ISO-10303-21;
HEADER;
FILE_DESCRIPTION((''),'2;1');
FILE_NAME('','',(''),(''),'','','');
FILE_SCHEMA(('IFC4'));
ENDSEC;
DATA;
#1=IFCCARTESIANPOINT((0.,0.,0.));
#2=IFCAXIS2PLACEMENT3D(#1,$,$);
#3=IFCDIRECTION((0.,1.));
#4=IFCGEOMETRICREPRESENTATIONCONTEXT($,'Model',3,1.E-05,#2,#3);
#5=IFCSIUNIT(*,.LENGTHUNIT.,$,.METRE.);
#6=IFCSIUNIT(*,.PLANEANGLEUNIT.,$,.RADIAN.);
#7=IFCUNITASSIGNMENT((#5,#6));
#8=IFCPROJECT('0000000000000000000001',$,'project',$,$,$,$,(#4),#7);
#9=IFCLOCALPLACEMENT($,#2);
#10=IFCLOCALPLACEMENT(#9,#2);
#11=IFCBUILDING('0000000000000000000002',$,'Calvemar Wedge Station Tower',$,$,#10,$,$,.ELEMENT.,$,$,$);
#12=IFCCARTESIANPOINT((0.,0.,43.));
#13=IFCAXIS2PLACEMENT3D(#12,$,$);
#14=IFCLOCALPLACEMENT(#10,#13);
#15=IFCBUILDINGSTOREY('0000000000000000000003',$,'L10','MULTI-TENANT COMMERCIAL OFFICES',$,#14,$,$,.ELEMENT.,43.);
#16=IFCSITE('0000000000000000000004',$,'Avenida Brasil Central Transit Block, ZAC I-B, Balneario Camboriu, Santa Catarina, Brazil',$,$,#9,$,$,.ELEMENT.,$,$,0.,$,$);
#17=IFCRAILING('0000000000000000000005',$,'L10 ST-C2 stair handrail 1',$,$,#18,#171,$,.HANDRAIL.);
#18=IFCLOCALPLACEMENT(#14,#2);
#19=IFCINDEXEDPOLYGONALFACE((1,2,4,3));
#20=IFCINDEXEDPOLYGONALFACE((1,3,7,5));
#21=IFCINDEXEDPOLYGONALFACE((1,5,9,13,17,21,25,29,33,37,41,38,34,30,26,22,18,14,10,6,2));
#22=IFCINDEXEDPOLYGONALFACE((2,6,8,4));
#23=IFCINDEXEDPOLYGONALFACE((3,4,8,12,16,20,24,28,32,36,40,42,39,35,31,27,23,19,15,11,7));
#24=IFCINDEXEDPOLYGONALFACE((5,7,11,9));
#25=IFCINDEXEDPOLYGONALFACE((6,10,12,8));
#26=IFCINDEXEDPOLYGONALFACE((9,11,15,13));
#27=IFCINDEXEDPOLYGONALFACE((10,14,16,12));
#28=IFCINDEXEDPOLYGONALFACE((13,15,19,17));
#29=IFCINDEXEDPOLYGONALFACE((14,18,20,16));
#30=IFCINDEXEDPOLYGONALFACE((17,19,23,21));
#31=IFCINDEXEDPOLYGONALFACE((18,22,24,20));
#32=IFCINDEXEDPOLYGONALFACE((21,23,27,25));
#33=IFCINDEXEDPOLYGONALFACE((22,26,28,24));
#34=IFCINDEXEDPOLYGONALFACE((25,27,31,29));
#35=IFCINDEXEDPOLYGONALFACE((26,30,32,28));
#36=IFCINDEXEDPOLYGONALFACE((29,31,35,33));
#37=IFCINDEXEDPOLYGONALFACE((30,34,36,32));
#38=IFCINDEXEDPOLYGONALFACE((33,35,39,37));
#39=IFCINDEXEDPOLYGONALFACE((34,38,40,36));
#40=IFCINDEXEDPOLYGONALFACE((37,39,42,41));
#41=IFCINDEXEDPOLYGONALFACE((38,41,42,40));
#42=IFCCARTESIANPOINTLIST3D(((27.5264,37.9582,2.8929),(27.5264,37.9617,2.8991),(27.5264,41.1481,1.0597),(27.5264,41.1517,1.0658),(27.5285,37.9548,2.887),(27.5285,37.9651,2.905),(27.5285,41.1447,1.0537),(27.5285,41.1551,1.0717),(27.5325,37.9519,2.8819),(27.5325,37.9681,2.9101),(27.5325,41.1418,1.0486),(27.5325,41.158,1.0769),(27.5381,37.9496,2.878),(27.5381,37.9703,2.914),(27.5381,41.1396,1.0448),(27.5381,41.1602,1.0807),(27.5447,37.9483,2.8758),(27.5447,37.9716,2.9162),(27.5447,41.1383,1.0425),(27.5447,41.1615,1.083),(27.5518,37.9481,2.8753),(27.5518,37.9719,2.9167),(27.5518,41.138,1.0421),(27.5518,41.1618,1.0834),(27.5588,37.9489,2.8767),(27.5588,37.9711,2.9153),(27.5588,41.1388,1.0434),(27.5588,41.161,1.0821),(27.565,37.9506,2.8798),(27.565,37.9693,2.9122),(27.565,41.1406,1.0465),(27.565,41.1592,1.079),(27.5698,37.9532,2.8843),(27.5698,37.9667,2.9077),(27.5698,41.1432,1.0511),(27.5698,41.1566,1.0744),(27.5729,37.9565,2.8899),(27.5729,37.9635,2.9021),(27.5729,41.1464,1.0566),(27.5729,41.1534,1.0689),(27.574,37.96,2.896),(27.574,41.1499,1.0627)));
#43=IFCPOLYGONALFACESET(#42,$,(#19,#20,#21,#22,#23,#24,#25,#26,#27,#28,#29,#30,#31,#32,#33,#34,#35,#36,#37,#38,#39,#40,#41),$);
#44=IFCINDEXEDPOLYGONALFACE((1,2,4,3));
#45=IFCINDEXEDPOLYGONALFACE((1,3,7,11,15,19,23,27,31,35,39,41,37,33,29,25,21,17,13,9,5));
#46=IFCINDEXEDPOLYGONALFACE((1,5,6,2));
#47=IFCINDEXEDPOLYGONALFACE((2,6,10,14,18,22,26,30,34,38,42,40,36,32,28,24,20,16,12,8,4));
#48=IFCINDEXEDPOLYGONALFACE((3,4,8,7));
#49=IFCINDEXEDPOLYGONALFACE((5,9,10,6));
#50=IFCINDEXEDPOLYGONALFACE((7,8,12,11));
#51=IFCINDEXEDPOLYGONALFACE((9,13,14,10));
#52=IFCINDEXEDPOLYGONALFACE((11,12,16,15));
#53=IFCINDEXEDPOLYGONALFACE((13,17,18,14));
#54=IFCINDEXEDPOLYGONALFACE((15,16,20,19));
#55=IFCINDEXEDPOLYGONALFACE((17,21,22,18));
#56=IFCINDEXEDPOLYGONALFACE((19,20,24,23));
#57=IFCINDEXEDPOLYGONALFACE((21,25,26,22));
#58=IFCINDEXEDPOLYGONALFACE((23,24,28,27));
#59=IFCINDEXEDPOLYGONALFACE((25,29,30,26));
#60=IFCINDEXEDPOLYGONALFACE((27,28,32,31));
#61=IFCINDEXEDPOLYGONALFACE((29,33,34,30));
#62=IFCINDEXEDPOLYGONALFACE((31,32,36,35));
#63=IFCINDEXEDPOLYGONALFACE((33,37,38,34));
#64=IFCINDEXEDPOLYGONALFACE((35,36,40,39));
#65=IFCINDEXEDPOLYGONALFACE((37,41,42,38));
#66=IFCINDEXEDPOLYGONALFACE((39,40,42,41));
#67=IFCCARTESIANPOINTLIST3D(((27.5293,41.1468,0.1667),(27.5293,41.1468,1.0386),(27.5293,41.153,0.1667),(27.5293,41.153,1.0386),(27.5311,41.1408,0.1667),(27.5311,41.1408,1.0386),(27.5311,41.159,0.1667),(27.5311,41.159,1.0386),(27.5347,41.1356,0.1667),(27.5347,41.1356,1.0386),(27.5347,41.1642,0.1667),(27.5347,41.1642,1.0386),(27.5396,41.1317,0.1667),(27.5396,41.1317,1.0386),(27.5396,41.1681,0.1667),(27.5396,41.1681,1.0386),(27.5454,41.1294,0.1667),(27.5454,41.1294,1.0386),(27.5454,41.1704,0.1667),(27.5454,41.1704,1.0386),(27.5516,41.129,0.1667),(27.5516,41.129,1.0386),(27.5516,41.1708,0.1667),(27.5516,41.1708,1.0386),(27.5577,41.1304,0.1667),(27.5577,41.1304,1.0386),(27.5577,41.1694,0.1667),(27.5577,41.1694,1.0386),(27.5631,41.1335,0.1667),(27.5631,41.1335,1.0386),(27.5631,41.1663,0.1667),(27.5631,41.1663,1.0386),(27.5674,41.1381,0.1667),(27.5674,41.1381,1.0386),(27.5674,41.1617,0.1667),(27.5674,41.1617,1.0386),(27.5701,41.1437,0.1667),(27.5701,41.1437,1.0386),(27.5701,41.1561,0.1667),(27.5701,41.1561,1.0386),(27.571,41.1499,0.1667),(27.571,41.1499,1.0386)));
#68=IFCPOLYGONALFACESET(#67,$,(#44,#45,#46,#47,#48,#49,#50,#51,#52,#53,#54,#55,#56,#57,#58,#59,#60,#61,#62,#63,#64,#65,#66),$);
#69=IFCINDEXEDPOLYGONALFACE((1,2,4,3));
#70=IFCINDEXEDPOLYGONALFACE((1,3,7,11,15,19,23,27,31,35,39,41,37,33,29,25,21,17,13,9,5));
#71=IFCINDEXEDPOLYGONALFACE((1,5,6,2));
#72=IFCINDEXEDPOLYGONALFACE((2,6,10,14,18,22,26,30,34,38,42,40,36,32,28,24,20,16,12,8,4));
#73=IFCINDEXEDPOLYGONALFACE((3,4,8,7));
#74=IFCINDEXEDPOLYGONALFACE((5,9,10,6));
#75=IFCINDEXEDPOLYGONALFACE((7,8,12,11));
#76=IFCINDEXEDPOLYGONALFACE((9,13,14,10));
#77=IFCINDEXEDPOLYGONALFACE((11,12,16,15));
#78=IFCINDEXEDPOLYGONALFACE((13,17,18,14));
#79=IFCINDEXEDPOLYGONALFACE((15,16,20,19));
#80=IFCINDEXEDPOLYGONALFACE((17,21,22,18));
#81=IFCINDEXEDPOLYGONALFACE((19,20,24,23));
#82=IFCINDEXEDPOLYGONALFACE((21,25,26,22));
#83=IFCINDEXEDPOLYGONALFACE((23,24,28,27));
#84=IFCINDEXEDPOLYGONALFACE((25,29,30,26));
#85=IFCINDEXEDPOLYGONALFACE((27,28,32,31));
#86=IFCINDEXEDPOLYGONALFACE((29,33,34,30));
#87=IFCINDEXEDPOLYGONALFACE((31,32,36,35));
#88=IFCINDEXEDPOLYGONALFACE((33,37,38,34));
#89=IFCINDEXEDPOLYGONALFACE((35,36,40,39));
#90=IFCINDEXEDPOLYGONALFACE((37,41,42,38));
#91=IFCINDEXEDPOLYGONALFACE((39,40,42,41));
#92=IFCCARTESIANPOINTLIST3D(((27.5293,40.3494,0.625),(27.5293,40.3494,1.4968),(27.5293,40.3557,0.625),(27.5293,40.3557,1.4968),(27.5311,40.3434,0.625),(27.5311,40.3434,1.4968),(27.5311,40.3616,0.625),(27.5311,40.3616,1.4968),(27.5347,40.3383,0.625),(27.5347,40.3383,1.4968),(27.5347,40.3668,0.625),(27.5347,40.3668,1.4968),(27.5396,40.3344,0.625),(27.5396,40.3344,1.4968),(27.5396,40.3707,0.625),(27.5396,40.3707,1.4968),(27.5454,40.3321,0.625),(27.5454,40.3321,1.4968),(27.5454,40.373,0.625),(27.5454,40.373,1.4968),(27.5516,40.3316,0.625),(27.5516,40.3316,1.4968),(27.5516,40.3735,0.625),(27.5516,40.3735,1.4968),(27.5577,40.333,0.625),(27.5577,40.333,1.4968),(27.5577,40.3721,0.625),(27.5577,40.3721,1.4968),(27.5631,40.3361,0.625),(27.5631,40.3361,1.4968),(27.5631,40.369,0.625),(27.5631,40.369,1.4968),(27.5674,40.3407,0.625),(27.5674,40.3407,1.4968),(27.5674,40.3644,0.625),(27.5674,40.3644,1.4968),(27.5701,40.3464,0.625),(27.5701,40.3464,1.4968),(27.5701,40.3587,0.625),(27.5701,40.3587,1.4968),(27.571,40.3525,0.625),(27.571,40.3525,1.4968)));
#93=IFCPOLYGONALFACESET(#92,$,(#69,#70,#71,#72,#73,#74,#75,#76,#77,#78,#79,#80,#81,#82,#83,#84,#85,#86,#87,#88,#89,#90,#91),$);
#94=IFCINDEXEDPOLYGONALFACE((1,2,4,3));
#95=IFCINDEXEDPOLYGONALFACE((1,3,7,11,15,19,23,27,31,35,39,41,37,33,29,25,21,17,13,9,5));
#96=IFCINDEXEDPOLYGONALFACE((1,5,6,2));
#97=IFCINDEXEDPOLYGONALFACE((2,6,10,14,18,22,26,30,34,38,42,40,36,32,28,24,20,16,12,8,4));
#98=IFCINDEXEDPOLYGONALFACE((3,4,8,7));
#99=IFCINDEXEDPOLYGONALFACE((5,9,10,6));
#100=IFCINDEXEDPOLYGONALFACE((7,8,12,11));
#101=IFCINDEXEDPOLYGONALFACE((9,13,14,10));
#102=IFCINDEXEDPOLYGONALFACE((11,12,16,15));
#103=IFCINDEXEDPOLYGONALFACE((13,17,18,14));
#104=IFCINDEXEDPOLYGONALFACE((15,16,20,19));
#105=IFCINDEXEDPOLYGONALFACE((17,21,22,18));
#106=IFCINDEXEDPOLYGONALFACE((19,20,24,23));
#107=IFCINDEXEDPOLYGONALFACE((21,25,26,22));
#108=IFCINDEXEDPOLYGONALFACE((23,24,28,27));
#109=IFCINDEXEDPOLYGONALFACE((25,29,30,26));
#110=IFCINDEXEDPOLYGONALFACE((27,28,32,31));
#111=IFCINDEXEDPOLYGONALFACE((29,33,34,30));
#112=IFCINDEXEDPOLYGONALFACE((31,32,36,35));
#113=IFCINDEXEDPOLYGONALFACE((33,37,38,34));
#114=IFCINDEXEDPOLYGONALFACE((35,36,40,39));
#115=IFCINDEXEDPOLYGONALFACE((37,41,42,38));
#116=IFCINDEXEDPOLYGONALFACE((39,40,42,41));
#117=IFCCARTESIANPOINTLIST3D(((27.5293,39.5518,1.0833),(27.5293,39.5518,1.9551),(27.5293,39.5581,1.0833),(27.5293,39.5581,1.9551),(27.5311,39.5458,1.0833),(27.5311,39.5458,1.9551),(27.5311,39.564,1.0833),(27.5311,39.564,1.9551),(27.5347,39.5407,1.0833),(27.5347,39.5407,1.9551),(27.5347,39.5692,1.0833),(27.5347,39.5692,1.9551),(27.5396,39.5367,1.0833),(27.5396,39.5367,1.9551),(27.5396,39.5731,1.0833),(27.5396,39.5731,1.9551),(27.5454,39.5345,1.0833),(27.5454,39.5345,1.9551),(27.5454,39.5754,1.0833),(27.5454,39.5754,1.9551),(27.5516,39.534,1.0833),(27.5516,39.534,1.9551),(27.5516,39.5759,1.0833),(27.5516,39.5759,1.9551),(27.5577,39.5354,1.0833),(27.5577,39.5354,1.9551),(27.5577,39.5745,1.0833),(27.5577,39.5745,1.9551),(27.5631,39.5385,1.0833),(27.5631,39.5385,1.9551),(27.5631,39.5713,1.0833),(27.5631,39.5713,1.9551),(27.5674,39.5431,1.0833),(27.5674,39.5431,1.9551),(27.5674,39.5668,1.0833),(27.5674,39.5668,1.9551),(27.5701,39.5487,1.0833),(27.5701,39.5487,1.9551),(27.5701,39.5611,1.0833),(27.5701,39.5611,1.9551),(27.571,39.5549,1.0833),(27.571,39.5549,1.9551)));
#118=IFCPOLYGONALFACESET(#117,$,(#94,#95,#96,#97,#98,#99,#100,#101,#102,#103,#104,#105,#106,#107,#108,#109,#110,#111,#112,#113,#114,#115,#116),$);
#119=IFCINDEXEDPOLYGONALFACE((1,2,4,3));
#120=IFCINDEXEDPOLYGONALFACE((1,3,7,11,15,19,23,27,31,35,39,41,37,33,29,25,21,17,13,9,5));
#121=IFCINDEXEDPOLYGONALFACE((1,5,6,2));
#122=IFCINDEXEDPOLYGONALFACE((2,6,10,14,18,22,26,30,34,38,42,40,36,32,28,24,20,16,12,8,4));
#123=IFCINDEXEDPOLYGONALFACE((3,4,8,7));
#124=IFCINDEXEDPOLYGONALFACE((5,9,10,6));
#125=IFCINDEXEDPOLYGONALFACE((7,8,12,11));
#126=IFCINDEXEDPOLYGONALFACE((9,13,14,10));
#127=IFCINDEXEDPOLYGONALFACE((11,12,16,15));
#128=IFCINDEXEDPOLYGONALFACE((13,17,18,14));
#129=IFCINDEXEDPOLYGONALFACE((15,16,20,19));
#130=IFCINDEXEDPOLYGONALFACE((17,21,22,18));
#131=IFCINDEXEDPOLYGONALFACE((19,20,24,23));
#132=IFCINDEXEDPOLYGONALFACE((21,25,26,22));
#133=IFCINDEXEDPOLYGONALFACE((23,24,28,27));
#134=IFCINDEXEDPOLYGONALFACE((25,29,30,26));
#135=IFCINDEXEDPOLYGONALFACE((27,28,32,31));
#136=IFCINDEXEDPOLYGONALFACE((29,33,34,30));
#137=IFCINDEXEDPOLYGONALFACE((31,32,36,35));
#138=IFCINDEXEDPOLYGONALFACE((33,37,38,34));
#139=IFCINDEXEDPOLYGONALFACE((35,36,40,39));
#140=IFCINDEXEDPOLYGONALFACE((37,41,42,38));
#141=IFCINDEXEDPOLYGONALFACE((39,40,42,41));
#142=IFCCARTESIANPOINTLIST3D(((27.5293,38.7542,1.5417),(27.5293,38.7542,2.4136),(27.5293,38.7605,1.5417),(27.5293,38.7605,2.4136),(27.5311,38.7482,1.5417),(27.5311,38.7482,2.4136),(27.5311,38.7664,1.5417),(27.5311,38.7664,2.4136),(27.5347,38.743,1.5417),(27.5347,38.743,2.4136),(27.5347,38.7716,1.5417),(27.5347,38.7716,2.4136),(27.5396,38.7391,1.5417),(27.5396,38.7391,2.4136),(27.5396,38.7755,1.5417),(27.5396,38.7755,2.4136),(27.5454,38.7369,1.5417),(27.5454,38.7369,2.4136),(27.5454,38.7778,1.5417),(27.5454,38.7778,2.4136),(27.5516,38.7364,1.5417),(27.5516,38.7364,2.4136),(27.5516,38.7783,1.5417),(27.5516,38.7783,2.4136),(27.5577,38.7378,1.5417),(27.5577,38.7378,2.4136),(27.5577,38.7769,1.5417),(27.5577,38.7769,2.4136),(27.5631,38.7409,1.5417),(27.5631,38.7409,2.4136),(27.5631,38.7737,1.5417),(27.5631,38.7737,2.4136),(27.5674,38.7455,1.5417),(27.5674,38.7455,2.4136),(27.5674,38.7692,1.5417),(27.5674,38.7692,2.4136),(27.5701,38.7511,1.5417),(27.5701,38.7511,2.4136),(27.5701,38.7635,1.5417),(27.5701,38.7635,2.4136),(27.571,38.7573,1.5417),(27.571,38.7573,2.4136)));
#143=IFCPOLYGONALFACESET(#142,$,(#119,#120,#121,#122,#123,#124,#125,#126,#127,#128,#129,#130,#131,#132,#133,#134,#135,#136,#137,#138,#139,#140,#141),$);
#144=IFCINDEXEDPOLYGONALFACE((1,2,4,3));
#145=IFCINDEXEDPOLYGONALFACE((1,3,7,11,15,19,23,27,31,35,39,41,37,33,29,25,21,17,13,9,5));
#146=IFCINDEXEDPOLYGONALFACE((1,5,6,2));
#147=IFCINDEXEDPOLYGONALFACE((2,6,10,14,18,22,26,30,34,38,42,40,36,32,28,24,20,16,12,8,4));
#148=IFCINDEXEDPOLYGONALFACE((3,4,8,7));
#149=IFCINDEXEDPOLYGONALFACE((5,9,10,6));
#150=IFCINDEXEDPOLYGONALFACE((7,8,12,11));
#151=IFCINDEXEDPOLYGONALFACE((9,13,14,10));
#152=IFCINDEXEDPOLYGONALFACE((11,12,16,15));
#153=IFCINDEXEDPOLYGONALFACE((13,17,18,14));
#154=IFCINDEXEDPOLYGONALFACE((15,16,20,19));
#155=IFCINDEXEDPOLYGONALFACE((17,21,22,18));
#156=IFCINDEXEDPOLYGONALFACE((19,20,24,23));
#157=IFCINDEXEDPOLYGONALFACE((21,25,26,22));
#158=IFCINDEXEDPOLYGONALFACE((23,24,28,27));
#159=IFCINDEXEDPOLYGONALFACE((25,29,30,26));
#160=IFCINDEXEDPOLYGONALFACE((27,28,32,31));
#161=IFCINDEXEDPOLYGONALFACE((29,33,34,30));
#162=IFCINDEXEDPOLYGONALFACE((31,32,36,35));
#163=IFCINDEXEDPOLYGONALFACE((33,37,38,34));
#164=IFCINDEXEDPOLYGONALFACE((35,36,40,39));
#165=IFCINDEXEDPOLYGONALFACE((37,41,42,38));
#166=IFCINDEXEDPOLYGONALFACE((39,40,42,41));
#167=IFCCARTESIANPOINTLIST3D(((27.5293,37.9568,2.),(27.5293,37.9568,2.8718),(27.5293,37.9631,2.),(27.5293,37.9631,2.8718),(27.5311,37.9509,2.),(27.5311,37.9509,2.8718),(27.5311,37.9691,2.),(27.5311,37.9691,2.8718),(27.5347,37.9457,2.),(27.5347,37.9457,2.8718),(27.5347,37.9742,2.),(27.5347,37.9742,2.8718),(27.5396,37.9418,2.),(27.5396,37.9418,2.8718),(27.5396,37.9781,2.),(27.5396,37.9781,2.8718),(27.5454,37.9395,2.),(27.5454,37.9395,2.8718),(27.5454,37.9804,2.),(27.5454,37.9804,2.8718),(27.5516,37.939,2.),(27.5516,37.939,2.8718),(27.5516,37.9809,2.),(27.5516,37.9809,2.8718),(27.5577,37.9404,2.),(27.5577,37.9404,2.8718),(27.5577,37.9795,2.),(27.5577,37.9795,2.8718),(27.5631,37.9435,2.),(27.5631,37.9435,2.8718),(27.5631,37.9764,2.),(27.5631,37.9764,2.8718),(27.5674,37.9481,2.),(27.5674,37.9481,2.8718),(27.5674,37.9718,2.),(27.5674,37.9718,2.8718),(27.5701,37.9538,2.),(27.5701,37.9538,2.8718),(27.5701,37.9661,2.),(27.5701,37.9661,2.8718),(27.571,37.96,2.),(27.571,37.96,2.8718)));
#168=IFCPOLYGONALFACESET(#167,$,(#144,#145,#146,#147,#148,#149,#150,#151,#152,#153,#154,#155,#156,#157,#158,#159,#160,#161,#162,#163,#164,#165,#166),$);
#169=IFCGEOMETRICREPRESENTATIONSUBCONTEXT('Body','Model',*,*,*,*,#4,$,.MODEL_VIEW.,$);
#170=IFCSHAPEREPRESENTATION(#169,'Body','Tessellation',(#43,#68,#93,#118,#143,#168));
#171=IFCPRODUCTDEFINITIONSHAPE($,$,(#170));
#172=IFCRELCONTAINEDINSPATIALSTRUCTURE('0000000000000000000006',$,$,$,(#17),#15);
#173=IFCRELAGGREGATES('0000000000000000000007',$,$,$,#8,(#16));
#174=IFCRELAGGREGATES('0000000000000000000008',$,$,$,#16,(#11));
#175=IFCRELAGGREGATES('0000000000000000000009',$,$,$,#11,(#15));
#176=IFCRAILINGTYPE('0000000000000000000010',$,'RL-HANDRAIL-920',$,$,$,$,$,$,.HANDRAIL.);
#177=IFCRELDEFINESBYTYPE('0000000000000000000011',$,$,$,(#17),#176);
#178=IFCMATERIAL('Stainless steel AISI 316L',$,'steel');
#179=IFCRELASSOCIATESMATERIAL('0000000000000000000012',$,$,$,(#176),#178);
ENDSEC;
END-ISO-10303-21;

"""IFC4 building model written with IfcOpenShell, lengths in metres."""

from ifc_helpers import new_model, si_unit, direction, frame, origin, origin_2d, place, context, subcontext, project, spatial, circle, extrude, material, type_object, element, save


model = new_model("IFC4")

# Units and contexts
model_context = context("Model", 3, precision=1e-05, world=origin(), true_north=direction((0.0, 1.0)))
body_context = subcontext(model_context, "Body", "Model", "MODEL_VIEW")
ifc_project = project(units=[si_unit("LENGTHUNIT", "METRE"), si_unit("PLANEANGLEUNIT", "RADIAN")], contexts=[model_context])

# Site, building, storey
site_placement = place(None, origin())
site = spatial("IfcSite", under=ifc_project, at=site_placement, Name="Avenida Brasil Central Transit Block, ZAC I-B, Balneario Camboriu, Santa Catarina, Brazil", CompositionType="ELEMENT", RefElevation=0.0)
building_placement = place(site_placement, origin())
building = spatial("IfcBuilding", under=site, at=building_placement, Name="Calvemar Wedge Station Tower", CompositionType="ELEMENT")
storey_placement = place(building_placement, frame((0.0, 0.0, 43.0)))
storey = spatial("IfcBuildingStorey", under=building, at=storey_placement, Name="L10", Description="MULTI-TENANT COMMERCIAL OFFICES", CompositionType="ELEMENT", Elevation=43.0)

# Railing
ifc_material_1 = material(Name="Stainless steel AISI 316L", Category="steel")
railing_type_1 = type_object("IfcRailingType", Name="RL-HANDRAIL-920", PredefinedType="HANDRAIL", material=ifc_material_1)
railing_1_placement = place(storey_placement, frame((27.55, 41.1499, 0.1667)))
element("IfcRailing", 1, at=railing_1_placement, inside=storey, type_object=railing_type_1, Name="L10 ST-C2 stair handrail 1", PredefinedType="HANDRAIL", context=body_context, shape_type="SweptSolid", body=[
    extrude(circle(Radius=0.0239, at=origin_2d()), frame((0.0, 0.0, 0.896), z_axis=(0.0, -0.86702, 0.498274), x_axis=(1.0, 0.0, 0.0)), (0.0, 0.0, 1.0), 3.6792),
    extrude(circle(Radius=0.021, at=origin_2d()), origin(), (0.0, 0.0, 1.0), 0.8718),
    extrude(circle(Radius=0.021, at=origin_2d()), frame((0.0, -0.7974, 0.4583)), (0.0, 0.0, 1.0), 0.8718),
    extrude(circle(Radius=0.021, at=origin_2d()), frame((0.0, -1.595, 0.9165)), (0.0, 0.0, 1.0), 0.8718),
    extrude(circle(Radius=0.021, at=origin_2d()), frame((0.0, -2.3926, 1.375)), (0.0, 0.0, 1.0), 0.8718),
    extrude(circle(Radius=0.021, at=origin_2d()), frame((0.0, -3.1899, 1.8333)), (0.0, 0.0, 1.0), 0.8718),
])

save(model, "model.ifc")
